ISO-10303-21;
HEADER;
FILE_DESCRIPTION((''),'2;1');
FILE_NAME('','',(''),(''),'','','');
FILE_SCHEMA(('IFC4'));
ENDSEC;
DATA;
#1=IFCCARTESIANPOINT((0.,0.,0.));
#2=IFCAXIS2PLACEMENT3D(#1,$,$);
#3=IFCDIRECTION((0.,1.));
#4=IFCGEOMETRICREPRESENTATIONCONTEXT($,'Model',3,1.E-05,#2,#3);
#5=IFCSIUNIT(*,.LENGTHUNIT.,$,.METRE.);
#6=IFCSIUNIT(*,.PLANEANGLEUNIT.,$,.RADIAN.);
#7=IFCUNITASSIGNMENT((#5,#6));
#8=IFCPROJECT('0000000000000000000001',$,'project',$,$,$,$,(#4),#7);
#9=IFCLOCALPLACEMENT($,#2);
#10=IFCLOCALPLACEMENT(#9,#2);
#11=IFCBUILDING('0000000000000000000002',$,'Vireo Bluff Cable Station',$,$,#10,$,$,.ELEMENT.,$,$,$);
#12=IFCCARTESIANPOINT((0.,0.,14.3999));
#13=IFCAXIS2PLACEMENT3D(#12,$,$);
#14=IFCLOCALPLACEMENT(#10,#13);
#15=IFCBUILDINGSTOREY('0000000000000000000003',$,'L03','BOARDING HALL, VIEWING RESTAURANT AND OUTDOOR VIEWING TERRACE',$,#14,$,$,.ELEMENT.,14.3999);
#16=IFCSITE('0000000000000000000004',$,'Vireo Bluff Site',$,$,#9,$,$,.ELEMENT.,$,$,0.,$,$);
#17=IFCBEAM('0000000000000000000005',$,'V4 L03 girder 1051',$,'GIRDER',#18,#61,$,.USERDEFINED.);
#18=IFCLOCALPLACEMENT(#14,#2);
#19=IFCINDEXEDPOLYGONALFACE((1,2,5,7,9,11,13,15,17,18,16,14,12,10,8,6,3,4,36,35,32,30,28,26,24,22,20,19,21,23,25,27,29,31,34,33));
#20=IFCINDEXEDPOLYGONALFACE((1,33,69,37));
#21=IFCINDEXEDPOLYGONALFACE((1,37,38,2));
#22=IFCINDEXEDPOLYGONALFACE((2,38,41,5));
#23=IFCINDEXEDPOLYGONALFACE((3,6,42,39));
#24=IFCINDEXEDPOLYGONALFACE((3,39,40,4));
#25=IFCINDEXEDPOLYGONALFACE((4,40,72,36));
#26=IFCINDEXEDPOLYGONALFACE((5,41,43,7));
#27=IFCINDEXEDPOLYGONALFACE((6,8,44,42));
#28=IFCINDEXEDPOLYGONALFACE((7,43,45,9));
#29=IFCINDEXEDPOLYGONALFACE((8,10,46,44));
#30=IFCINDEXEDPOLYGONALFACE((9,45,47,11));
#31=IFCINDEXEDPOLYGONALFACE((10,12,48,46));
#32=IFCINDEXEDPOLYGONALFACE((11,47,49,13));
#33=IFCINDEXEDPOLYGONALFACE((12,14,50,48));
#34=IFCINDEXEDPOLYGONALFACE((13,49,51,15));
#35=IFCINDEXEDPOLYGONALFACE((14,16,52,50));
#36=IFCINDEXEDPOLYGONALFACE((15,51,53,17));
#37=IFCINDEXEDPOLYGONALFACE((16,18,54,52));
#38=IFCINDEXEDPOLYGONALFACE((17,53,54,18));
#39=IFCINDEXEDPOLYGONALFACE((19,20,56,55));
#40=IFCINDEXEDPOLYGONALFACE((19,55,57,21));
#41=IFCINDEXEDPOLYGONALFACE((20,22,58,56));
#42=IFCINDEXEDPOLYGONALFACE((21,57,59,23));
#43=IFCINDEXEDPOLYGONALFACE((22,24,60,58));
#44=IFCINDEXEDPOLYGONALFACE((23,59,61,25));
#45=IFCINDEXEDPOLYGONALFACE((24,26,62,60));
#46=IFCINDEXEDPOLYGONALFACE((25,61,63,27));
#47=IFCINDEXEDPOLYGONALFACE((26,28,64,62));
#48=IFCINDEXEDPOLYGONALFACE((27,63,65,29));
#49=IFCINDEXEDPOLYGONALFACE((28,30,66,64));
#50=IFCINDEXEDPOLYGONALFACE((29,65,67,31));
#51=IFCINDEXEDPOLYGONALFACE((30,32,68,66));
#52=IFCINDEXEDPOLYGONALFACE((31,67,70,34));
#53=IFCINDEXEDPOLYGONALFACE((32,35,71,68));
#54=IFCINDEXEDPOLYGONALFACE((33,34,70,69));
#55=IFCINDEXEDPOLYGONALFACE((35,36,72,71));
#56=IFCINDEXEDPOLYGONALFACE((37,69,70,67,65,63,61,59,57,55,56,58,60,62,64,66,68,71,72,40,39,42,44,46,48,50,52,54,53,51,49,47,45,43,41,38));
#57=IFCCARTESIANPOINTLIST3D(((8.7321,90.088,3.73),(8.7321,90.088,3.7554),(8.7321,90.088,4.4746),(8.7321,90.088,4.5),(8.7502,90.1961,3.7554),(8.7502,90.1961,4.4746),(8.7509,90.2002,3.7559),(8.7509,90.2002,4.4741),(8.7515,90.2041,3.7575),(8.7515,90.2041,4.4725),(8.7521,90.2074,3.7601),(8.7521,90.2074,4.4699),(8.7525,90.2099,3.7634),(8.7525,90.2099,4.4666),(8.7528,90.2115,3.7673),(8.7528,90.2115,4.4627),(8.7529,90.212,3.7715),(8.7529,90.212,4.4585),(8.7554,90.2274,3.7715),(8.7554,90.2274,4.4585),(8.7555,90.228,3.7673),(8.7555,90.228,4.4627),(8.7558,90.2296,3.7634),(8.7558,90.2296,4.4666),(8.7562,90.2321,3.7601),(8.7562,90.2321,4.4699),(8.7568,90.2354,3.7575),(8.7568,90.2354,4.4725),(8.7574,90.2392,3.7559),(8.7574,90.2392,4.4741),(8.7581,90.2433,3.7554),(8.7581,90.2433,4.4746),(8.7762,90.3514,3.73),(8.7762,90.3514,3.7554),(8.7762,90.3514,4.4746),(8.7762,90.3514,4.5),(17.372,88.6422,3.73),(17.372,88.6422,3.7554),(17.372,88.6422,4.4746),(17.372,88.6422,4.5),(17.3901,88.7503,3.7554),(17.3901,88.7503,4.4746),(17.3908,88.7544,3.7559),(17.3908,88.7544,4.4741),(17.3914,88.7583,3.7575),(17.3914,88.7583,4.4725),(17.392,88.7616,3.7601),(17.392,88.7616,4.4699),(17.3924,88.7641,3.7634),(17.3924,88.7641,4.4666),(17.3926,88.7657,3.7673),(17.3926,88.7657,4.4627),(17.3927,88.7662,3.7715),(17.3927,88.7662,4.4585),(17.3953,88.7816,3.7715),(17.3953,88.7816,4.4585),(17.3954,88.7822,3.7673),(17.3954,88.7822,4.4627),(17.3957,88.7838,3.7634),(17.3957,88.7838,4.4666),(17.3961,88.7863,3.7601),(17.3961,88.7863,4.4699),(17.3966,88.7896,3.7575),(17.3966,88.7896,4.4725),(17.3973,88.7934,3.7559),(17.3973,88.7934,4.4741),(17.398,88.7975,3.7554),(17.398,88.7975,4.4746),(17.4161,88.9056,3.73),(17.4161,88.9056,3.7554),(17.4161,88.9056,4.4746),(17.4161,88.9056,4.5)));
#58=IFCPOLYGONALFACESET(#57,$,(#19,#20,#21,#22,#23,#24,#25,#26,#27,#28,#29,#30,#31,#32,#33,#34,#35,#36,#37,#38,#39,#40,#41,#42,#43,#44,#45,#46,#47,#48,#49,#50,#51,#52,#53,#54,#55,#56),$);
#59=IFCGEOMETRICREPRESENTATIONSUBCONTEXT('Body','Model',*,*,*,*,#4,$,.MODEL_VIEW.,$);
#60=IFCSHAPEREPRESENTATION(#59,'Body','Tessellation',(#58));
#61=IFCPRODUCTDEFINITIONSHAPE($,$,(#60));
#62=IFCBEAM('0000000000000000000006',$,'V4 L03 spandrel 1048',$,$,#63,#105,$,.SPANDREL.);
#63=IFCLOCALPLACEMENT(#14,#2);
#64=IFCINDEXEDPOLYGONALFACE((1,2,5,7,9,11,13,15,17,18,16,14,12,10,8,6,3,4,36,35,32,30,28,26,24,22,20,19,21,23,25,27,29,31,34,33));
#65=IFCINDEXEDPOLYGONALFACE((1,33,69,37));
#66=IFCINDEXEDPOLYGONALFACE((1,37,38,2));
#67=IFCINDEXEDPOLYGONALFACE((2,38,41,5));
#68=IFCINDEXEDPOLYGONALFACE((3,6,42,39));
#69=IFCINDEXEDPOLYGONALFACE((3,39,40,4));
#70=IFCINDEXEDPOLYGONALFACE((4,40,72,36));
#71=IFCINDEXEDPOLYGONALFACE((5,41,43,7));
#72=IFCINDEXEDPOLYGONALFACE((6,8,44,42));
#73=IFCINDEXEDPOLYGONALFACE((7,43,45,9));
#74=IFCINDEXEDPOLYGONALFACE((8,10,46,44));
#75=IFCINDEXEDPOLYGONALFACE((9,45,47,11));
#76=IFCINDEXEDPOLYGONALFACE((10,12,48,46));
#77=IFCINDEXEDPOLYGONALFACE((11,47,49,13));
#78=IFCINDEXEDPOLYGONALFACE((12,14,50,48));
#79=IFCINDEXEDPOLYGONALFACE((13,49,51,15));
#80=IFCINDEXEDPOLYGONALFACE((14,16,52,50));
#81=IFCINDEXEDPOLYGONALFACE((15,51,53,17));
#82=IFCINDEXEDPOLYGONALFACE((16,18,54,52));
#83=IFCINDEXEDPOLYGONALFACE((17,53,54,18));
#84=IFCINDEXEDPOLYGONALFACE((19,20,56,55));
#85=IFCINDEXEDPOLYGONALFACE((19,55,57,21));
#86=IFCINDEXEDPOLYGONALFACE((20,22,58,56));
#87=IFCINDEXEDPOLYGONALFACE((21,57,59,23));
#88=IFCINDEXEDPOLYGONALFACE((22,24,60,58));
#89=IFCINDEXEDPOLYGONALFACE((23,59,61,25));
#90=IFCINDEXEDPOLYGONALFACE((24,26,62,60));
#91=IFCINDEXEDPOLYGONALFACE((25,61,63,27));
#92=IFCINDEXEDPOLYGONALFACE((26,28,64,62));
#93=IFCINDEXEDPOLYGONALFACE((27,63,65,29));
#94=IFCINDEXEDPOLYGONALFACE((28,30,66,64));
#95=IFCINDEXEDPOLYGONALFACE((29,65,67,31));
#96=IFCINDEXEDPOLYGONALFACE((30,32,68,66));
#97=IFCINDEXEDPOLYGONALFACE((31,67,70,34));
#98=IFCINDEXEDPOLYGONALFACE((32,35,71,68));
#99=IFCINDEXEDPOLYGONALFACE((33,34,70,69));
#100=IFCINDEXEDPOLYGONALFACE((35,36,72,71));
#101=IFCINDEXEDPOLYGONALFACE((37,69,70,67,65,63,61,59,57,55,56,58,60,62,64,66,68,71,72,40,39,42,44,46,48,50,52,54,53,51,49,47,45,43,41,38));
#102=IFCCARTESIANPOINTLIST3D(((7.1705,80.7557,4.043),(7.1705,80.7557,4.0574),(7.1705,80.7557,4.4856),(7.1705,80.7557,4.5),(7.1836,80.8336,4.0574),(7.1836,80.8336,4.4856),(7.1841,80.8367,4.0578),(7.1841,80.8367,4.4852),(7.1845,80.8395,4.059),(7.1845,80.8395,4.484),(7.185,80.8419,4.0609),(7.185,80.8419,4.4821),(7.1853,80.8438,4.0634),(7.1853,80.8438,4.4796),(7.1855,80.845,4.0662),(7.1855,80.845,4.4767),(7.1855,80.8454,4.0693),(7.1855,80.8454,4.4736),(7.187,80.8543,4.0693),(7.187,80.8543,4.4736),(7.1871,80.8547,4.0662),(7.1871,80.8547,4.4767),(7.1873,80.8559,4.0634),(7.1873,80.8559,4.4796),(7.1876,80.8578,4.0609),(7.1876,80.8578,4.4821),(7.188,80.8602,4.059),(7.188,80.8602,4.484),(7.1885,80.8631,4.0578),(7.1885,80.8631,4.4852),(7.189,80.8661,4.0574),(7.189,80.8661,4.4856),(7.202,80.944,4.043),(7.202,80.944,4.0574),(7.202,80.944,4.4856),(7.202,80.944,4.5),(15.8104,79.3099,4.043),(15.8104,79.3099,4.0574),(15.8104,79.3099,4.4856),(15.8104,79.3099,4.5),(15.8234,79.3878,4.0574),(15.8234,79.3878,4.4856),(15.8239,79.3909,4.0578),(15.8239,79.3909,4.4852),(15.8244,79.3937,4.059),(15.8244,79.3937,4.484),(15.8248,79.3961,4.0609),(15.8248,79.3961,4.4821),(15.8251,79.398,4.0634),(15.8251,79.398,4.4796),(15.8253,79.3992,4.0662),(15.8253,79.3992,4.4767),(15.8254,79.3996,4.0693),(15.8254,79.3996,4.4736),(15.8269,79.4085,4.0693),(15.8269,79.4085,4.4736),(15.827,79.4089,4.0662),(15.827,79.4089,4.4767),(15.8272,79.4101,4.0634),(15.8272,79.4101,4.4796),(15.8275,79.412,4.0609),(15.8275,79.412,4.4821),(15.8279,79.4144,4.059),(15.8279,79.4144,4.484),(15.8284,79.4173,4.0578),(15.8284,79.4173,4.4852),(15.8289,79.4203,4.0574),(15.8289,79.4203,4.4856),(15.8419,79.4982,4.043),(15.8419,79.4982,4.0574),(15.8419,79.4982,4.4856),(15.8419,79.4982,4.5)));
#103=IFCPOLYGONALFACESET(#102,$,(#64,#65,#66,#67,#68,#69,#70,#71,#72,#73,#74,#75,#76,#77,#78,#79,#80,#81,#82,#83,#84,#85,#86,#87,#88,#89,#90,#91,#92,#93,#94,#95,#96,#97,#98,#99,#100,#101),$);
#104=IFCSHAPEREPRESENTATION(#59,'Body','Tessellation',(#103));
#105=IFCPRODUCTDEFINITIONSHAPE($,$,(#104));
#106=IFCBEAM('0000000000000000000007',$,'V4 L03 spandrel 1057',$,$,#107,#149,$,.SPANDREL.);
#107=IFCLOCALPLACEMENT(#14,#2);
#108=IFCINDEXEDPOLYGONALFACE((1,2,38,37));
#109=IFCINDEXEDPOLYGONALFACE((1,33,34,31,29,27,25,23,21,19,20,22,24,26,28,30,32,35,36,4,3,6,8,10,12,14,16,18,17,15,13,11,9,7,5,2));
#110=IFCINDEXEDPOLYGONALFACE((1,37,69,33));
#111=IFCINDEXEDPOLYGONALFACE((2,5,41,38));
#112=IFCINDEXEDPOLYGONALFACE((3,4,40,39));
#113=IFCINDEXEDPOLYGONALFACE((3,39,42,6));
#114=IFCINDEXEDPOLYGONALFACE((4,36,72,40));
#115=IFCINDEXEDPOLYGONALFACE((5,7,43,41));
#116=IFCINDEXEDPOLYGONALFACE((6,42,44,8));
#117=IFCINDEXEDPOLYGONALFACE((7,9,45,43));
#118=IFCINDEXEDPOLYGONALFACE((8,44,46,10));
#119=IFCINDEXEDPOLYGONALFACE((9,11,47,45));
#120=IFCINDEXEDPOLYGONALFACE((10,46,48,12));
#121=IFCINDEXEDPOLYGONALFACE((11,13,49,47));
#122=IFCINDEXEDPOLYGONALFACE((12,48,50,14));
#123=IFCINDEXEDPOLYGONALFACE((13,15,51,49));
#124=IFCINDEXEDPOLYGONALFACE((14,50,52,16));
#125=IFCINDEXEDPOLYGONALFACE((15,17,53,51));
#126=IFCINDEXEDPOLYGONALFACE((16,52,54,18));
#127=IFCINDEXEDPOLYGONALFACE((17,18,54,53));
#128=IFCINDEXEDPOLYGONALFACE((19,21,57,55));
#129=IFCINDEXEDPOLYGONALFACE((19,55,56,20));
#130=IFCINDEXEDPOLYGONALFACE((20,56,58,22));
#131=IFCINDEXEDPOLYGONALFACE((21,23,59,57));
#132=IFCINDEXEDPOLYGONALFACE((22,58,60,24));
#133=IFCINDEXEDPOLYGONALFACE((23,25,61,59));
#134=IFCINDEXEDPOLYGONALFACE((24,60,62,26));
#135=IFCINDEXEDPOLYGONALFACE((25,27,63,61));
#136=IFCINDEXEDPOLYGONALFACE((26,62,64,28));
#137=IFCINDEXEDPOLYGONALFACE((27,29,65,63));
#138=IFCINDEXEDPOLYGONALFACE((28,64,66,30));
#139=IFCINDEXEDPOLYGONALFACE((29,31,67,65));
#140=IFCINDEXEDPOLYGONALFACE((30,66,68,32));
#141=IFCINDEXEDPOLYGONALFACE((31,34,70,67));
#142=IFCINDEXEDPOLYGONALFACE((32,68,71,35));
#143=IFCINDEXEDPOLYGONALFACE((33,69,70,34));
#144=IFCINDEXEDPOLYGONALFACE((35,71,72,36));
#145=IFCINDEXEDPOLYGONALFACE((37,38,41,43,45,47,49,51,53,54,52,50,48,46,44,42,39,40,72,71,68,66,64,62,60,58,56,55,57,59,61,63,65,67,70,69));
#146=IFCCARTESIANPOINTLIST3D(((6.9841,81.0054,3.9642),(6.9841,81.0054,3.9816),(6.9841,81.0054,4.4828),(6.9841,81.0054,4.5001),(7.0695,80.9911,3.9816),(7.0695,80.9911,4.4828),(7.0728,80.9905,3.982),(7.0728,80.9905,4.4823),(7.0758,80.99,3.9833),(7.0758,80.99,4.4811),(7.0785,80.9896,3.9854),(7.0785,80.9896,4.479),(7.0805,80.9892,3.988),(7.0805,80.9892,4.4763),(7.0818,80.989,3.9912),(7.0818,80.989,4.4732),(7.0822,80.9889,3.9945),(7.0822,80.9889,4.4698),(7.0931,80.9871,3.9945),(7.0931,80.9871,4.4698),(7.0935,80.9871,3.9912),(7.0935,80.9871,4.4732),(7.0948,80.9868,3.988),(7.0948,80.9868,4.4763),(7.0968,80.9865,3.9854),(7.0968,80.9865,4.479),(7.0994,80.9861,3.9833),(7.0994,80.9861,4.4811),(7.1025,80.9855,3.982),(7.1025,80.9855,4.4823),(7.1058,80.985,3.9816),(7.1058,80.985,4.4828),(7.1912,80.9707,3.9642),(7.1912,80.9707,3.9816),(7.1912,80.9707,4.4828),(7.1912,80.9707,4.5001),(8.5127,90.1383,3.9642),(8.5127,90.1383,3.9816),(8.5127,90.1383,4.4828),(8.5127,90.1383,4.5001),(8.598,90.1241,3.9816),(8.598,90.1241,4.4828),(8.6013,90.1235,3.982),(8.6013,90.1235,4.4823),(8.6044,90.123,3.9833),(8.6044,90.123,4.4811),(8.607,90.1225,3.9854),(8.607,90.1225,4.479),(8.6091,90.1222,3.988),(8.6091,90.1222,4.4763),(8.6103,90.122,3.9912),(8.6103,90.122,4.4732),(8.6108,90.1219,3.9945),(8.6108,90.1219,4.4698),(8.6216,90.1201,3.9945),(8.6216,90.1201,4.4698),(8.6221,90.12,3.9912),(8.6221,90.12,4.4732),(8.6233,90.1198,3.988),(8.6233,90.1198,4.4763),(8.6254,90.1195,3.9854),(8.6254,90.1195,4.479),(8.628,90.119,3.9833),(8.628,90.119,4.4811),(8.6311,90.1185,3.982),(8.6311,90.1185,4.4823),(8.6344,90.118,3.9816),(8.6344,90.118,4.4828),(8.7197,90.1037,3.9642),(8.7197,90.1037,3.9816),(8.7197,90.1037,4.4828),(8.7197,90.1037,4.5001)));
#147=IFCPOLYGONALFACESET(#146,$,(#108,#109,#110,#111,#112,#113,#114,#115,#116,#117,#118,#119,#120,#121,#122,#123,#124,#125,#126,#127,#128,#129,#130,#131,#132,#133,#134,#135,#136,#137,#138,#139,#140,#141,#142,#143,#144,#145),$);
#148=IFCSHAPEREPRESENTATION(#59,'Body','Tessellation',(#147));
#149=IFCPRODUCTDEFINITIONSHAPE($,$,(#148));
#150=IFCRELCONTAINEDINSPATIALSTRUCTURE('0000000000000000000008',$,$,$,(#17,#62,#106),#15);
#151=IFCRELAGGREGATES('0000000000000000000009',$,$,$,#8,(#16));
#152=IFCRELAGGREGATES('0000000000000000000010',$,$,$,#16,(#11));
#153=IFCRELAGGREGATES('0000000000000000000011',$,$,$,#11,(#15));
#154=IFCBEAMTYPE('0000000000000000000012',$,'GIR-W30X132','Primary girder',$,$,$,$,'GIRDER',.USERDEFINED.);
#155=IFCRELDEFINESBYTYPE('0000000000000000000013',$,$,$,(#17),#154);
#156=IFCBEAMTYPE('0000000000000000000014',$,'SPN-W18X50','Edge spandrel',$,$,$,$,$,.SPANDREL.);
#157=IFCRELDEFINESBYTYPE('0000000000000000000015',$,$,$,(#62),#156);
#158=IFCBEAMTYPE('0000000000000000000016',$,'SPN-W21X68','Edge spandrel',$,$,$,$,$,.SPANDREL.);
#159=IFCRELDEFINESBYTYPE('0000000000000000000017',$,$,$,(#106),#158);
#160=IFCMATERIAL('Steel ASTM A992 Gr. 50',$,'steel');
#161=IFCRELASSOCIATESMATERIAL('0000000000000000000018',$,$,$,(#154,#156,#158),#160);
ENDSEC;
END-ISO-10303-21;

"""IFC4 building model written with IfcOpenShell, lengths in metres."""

from ifc_helpers import new_model, si_unit, direction, frame, origin, origin_2d, place, context, subcontext, project, spatial, i_section, extrude, material, material_profile, profile_set, type_object, element, save


model = new_model("IFC4")

# Units and contexts
model_context = context("Model", 3, precision=1e-05, world=origin(), true_north=direction((0.0, 1.0)))
body_context = subcontext(model_context, "Body", "Model", "MODEL_VIEW")
ifc_project = project(units=[si_unit("LENGTHUNIT", "METRE"), si_unit("PLANEANGLEUNIT", "RADIAN")], contexts=[model_context])

# Site, building, storey
site_placement = place(None, origin())
site = spatial("IfcSite", under=ifc_project, at=site_placement, Name="Vireo Bluff Site", CompositionType="ELEMENT", RefElevation=0.0)
building_placement = place(site_placement, origin())
building = spatial("IfcBuilding", under=site, at=building_placement, Name="Vireo Bluff Cable Station", CompositionType="ELEMENT")
storey_placement = place(building_placement, frame((0.0, 0.0, 14.3999)))
storey = spatial("IfcBuildingStorey", under=building, at=storey_placement, Name="L03", Description="BOARDING HALL, VIEWING RESTAURANT AND OUTDOOR VIEWING TERRACE", CompositionType="ELEMENT", Elevation=14.3999)

# Shared definitions
ifc_material_1 = material(Name="Steel ASTM A992 Gr. 50", Category="steel")

# Beams
ifc_material_profile_1 = material_profile(ifc_material_1, i_section(OverallWidth=0.2671, OverallDepth=0.77, WebThickness=0.0156, FlangeThickness=0.0254, FilletRadius=0.0161, at=origin_2d()), Name="W30X132")
ifc_profile_set_1 = profile_set([ifc_material_profile_1], Name="Steel ASTM A992 Gr. 50")
beam_type_1 = type_object("IfcBeamType", Name="GIR-W30X132", Description="Primary girder", ElementType="GIRDER", PredefinedType="USERDEFINED", material=ifc_profile_set_1)
beam_1_placement = place(storey_placement, frame((8.7542, 90.2197, 4.115), z_axis=(0.986286, -0.165045, 0.0), x_axis=(0.165045, 0.986286, 0.0)))
element("IfcBeam", 1, at=beam_1_placement, inside=storey, type_object=beam_type_1, Name="V4 L03 girder 1051", ObjectType="GIRDER", PredefinedType="USERDEFINED", context=body_context, shape_type="SweptSolid", body=[
    extrude(i_section(OverallWidth=0.2671, OverallDepth=0.77, WebThickness=0.0156, FlangeThickness=0.0254, FilletRadius=0.0161, at=origin_2d()), origin(), (0.0, 0.0, 1.0), 8.76),
])
ifc_material_profile_2 = material_profile(ifc_material_1, i_section(OverallWidth=0.1909, OverallDepth=0.457, WebThickness=0.009, FlangeThickness=0.0144, FilletRadius=0.012, at=origin_2d()), Name="W18X50")
ifc_profile_set_2 = profile_set([ifc_material_profile_2], Name="Steel ASTM A992 Gr. 50")
beam_type_2 = type_object("IfcBeamType", Name="SPN-W18X50", Description="Edge spandrel", PredefinedType="SPANDREL", material=ifc_profile_set_2)
beam_2_placement = place(storey_placement, frame((7.1863, 80.8499, 4.2715), z_axis=(0.986286, -0.165045, 0.0), x_axis=(0.165045, 0.986286, 0.0)))
element("IfcBeam", 2, at=beam_2_placement, inside=storey, type_object=beam_type_2, Name="V4 L03 spandrel 1048", PredefinedType="SPANDREL", context=body_context, shape_type="SweptSolid", body=[
    extrude(i_section(OverallWidth=0.1909, OverallDepth=0.457, WebThickness=0.009, FlangeThickness=0.0144, FilletRadius=0.012, at=origin_2d()), origin(), (0.0, 0.0, 1.0), 8.76),
])
ifc_material_profile_3 = material_profile(ifc_material_1, i_section(OverallWidth=0.21, OverallDepth=0.5359, WebThickness=0.011, FlangeThickness=0.0173, FilletRadius=0.0129, at=origin_2d()), Name="W21X68")
ifc_profile_set_3 = profile_set([ifc_material_profile_3], Name="Steel ASTM A992 Gr. 50")
beam_type_3 = type_object("IfcBeamType", Name="SPN-W21X68", Description="Edge spandrel", PredefinedType="SPANDREL", material=ifc_profile_set_3)
beam_3_placement = place(storey_placement, frame((7.0876, 80.988, 4.2322), z_axis=(0.16507, 0.986282, 0.0), x_axis=(-0.986282, 0.16507, 0.0)))
element("IfcBeam", 3, at=beam_3_placement, inside=storey, type_object=beam_type_3, Name="V4 L03 spandrel 1057", PredefinedType="SPANDREL", context=body_context, shape_type="SweptSolid", body=[
    extrude(i_section(OverallWidth=0.21, OverallDepth=0.5359, WebThickness=0.011, FlangeThickness=0.0173, FilletRadius=0.0129, at=origin_2d()), origin(), (0.0, 0.0, 1.0), 9.26),
])

save(model, "model.ifc")
